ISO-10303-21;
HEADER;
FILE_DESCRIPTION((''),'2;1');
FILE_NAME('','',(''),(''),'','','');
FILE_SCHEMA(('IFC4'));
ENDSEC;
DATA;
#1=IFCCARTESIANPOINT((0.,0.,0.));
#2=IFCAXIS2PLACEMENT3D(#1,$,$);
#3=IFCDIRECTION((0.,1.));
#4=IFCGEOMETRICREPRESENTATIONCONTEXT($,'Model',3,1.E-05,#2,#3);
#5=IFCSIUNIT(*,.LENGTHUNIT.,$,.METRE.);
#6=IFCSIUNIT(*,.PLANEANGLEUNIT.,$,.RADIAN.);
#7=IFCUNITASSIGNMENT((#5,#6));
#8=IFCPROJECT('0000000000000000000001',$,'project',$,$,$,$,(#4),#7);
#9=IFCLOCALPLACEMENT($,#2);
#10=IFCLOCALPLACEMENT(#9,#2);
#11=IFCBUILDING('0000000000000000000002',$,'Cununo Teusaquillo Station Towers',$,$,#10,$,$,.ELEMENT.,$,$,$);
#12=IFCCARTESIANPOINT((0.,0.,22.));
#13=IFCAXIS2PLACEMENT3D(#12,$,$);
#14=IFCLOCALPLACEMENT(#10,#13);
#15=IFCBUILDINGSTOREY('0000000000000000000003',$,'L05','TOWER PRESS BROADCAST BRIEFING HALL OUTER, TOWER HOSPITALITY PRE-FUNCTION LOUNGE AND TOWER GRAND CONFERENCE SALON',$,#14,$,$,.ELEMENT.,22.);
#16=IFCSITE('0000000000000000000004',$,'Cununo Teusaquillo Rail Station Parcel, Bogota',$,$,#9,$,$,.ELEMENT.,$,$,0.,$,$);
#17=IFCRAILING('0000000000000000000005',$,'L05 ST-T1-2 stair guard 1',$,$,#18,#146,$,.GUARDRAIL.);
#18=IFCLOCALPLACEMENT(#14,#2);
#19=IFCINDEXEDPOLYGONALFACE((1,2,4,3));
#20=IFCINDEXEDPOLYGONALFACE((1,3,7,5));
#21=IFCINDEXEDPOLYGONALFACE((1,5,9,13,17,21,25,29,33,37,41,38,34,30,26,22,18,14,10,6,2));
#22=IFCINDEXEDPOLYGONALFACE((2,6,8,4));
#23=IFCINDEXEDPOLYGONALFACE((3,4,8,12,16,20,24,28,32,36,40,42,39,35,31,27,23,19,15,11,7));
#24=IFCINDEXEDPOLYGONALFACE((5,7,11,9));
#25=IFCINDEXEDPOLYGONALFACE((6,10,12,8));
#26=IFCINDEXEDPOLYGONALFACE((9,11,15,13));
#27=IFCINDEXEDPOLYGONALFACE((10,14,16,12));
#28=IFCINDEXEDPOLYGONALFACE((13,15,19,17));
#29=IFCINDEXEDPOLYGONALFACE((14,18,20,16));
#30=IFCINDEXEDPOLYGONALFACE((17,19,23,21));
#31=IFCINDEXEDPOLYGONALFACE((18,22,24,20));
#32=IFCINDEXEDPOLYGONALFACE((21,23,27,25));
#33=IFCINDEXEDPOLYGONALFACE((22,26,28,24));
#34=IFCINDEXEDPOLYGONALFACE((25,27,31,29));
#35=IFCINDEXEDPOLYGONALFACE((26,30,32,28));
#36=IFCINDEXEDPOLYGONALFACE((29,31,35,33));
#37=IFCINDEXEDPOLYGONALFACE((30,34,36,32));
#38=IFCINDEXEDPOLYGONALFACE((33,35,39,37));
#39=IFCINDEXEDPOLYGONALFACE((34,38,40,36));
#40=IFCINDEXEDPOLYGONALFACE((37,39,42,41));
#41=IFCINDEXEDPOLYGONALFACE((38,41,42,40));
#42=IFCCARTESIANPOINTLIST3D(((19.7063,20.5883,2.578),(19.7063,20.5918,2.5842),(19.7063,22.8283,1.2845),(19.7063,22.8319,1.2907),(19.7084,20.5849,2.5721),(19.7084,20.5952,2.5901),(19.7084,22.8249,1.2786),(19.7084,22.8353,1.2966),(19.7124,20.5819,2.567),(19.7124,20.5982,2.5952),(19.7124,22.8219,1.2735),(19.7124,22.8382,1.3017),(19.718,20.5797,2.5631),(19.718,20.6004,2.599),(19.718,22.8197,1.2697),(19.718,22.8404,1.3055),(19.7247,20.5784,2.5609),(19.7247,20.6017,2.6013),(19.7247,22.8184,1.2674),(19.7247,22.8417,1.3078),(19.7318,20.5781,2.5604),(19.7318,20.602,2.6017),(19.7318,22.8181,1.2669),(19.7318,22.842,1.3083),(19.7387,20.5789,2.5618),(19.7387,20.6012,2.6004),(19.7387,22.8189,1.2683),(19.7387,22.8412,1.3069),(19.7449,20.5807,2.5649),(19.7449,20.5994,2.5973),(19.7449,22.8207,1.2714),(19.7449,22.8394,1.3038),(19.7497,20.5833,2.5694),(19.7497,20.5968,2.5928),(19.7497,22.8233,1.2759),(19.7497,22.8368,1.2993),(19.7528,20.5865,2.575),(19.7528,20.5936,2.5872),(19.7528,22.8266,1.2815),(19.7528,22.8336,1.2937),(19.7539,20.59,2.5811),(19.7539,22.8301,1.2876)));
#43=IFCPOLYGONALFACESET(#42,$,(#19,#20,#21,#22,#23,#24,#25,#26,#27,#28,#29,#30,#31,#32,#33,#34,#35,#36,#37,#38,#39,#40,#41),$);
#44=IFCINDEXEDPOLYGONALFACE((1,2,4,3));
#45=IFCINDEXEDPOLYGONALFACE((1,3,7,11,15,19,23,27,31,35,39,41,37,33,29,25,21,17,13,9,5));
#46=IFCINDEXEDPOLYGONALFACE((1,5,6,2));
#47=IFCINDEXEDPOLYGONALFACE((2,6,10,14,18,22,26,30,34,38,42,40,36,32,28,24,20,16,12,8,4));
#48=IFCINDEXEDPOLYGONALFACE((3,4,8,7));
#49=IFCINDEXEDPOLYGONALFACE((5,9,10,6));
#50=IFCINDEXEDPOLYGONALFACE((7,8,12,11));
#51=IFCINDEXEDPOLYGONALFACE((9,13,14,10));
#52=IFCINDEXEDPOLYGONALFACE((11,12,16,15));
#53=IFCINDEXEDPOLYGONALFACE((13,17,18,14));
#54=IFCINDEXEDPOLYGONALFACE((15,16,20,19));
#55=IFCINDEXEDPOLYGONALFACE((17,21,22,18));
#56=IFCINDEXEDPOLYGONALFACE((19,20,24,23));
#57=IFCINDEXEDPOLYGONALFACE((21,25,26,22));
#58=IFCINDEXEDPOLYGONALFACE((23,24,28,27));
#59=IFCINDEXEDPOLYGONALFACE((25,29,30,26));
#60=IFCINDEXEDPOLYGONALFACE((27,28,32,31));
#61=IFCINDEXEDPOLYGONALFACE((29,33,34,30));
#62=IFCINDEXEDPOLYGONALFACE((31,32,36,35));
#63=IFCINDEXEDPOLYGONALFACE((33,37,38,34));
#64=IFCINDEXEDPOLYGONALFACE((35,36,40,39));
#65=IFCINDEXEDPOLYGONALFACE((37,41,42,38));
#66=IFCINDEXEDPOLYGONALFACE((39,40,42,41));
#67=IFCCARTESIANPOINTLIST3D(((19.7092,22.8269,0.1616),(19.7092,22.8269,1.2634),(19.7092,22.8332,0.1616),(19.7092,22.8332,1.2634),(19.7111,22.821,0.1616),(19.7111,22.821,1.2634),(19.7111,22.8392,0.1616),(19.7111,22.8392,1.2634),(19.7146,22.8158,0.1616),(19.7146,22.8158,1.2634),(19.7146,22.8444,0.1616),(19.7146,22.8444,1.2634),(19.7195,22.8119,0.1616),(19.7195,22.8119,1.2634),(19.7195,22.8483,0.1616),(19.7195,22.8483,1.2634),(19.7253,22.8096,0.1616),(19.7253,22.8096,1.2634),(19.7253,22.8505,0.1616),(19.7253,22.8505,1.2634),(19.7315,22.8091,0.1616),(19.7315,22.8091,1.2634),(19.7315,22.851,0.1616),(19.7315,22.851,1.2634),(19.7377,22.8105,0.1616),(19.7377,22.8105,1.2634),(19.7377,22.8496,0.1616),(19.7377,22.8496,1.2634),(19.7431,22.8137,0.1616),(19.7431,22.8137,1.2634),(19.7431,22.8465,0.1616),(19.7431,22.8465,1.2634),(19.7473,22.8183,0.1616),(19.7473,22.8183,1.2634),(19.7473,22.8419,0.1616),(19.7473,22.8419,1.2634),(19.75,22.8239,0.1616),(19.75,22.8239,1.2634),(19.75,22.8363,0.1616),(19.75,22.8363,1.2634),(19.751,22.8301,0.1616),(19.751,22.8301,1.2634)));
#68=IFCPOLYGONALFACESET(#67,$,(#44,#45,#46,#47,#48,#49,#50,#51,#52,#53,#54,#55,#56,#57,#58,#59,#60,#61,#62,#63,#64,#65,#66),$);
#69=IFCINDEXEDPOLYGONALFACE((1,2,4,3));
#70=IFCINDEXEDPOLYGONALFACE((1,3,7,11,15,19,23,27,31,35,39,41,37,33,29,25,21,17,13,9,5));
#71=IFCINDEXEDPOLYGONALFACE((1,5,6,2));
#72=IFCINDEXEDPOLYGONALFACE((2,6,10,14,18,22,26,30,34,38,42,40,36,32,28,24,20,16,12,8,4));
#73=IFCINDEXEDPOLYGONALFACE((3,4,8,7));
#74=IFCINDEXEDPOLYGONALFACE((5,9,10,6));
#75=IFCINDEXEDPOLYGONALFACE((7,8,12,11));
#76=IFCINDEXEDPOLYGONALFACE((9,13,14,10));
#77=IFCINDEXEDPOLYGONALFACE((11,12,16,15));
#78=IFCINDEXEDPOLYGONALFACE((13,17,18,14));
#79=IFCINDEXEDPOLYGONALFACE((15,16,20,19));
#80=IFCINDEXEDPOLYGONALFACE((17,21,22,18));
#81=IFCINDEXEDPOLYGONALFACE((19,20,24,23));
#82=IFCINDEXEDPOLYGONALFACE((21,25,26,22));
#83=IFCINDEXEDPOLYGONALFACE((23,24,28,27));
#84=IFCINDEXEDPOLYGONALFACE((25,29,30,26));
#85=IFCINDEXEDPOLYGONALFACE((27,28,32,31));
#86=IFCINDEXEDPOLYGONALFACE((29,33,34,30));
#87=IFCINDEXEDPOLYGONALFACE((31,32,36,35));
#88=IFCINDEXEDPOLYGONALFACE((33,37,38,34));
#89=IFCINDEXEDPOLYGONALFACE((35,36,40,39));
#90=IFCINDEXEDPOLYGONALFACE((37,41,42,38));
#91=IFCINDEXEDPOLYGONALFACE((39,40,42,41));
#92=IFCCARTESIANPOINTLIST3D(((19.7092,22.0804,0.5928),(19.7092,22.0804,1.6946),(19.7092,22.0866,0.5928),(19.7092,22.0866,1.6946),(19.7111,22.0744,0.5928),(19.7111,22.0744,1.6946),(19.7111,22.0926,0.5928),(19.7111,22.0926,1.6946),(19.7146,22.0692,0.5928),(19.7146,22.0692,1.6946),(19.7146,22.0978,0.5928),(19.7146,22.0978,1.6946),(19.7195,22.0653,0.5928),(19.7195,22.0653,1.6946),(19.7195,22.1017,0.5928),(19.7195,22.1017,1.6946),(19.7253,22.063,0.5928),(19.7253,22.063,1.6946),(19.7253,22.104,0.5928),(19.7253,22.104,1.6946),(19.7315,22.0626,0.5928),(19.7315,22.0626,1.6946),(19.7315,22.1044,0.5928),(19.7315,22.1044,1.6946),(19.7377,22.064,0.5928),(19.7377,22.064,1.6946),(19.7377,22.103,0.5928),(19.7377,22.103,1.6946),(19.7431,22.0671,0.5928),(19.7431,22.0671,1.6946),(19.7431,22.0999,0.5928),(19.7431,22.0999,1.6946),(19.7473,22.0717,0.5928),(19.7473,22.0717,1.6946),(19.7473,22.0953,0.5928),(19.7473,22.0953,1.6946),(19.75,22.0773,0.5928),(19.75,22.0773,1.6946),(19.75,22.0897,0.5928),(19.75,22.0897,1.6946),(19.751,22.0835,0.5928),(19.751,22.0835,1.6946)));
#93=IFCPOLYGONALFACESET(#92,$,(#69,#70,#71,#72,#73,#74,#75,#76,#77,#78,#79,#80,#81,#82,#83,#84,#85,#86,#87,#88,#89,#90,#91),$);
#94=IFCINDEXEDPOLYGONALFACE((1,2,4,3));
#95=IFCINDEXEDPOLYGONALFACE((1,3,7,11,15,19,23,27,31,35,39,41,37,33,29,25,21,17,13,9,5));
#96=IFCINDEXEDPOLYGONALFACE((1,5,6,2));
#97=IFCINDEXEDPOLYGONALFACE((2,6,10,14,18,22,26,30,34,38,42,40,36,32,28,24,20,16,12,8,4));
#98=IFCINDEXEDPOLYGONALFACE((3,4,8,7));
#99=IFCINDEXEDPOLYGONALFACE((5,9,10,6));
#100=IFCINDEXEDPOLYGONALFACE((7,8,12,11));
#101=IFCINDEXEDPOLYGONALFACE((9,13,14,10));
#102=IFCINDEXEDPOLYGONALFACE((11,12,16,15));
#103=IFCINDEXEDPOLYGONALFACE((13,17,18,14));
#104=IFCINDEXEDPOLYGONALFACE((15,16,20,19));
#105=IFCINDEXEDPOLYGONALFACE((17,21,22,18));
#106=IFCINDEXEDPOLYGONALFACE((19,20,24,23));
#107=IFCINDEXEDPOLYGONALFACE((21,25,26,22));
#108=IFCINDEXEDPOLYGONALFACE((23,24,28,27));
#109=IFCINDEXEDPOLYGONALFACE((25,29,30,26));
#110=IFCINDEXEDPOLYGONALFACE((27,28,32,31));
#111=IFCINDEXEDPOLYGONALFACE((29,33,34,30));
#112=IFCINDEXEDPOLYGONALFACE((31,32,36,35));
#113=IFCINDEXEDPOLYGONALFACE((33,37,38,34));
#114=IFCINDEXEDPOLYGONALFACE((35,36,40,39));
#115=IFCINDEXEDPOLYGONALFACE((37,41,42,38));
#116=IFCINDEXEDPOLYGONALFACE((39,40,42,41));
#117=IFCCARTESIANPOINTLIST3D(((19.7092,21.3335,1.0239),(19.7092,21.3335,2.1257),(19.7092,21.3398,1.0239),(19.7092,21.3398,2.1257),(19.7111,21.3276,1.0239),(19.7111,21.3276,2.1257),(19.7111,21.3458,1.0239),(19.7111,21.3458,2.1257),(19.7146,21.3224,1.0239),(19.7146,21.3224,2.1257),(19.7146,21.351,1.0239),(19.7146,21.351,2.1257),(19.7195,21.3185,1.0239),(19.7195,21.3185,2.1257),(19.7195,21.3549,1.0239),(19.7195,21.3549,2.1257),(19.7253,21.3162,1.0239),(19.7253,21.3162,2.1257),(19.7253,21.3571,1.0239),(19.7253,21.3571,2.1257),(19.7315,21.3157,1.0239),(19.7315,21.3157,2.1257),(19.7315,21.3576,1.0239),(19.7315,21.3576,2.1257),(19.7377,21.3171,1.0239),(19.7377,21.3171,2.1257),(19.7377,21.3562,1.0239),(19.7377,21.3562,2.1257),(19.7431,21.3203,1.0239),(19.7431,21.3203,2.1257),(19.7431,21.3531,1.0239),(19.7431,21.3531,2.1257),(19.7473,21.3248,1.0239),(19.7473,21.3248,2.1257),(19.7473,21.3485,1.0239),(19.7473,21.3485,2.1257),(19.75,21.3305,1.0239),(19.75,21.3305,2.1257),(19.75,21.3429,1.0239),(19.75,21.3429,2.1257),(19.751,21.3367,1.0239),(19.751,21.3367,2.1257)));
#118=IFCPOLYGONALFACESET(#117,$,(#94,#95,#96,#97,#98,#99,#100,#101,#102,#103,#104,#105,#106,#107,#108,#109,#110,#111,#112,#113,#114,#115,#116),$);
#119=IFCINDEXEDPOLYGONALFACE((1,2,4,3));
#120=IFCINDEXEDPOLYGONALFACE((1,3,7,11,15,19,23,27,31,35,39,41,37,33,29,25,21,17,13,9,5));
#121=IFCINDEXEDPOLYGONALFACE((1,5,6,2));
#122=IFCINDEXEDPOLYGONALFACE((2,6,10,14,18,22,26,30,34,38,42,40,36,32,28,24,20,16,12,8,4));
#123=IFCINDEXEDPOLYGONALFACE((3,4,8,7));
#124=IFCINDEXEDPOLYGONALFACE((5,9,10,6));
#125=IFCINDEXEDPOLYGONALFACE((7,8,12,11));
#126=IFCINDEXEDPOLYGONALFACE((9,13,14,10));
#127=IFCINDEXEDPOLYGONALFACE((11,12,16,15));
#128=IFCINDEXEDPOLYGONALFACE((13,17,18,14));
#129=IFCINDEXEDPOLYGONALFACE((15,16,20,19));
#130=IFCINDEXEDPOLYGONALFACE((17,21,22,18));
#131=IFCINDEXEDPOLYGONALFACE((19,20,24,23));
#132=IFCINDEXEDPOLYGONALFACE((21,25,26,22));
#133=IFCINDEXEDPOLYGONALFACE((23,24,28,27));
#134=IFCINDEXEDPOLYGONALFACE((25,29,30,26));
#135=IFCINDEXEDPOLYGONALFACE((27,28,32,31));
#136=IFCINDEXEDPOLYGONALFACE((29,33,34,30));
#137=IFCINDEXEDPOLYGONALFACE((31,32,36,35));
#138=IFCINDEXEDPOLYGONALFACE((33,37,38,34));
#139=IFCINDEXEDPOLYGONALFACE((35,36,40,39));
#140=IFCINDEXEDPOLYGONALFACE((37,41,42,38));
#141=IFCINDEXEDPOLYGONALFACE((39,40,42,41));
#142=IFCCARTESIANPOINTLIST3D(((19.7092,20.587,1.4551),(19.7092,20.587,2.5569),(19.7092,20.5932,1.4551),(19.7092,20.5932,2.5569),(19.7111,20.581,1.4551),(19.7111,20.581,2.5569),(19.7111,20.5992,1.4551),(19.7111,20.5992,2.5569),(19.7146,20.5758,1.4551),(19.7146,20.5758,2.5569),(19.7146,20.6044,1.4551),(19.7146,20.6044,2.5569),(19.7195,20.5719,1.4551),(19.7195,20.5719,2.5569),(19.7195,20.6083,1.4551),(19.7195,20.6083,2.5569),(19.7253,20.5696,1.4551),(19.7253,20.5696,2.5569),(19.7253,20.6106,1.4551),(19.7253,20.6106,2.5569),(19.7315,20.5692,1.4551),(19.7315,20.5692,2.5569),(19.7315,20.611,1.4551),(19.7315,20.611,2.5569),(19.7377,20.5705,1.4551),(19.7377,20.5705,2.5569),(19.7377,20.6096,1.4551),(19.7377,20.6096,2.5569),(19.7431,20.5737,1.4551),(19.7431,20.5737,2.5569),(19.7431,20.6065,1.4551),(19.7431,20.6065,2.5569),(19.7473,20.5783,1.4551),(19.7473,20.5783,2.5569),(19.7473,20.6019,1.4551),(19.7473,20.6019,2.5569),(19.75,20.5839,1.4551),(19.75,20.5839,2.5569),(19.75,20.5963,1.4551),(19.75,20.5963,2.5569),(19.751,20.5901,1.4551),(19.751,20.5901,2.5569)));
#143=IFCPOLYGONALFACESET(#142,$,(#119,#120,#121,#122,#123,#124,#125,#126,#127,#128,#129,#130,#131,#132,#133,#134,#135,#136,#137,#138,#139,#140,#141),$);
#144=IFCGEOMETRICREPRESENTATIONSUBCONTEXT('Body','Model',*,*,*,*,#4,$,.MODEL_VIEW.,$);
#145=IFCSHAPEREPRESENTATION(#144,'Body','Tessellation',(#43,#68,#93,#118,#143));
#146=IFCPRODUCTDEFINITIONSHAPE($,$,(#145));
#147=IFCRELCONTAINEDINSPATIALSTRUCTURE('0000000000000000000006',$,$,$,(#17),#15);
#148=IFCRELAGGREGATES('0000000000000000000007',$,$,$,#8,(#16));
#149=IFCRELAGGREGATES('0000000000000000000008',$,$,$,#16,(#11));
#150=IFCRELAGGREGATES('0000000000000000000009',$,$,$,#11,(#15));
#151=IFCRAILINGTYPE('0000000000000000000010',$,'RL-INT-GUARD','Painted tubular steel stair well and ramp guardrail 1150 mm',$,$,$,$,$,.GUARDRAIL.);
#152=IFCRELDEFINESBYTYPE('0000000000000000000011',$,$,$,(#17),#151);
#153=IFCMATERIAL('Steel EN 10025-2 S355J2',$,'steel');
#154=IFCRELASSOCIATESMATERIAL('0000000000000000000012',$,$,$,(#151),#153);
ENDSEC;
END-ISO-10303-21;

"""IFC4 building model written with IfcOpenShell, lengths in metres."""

from ifc_helpers import new_model, si_unit, direction, frame, origin, origin_2d, place, context, subcontext, project, spatial, circle, extrude, material, type_object, element, save


model = new_model("IFC4")

# Units and contexts
model_context = context("Model", 3, precision=1e-05, world=origin(), true_north=direction((0.0, 1.0)))
body_context = subcontext(model_context, "Body", "Model", "MODEL_VIEW")
ifc_project = project(units=[si_unit("LENGTHUNIT", "METRE"), si_unit("PLANEANGLEUNIT", "RADIAN")], contexts=[model_context])

# Site, building, storey
site_placement = place(None, origin())
site = spatial("IfcSite", under=ifc_project, at=site_placement, Name="Cununo Teusaquillo Rail Station Parcel, Bogota", CompositionType="ELEMENT", RefElevation=0.0)
building_placement = place(site_placement, origin())
building = spatial("IfcBuilding", under=site, at=building_placement, Name="Cununo Teusaquillo Station Towers", CompositionType="ELEMENT")
storey_placement = place(building_placement, frame((0.0, 0.0, 22.0)))
storey = spatial("IfcBuildingStorey", under=building, at=storey_placement, Name="L05", Description="TOWER PRESS BROADCAST BRIEFING HALL OUTER, TOWER HOSPITALITY PRE-FUNCTION LOUNGE AND TOWER GRAND CONFERENCE SALON", CompositionType="ELEMENT", Elevation=22.0)

# Railing
ifc_material_1 = material(Name="Steel EN 10025-2 S355J2", Category="steel")
railing_type_1 = type_object("IfcRailingType", Name="RL-INT-GUARD", Description="Painted tubular steel stair well and ramp guardrail 1150 mm", PredefinedType="GUARDRAIL", material=ifc_material_1)
railing_1_placement = place(storey_placement, frame((19.73, 22.8301, 0.1616)))
element("IfcRailing", 1, at=railing_1_placement, inside=storey, type_object=railing_type_1, Name="L05 ST-T1-2 stair guard 1", PredefinedType="GUARDRAIL", context=body_context, shape_type="SweptSolid", body=[
    extrude(circle(Radius=0.0239, at=origin_2d()), frame((0.0, 0.0, 1.126), z_axis=(0.0, -0.865992, 0.500057), x_axis=(1.0, 0.0, 0.0)), (0.0, 0.0, 1.0), 2.5867),
    extrude(circle(Radius=0.021, at=origin_2d()), origin(), (0.0, 0.0, 1.0), 1.1018),
    extrude(circle(Radius=0.021, at=origin_2d()), frame((0.0, -0.7466, 0.4312)), (0.0, 0.0, 1.0), 1.1018),
    extrude(circle(Radius=0.021, at=origin_2d()), frame((0.0, -1.4934, 0.8623)), (0.0, 0.0, 1.0), 1.1018),
    extrude(circle(Radius=0.021, at=origin_2d()), frame((0.0, -2.24, 1.2935)), (0.0, 0.0, 1.0), 1.1018),
])

save(model, "model.ifc")
